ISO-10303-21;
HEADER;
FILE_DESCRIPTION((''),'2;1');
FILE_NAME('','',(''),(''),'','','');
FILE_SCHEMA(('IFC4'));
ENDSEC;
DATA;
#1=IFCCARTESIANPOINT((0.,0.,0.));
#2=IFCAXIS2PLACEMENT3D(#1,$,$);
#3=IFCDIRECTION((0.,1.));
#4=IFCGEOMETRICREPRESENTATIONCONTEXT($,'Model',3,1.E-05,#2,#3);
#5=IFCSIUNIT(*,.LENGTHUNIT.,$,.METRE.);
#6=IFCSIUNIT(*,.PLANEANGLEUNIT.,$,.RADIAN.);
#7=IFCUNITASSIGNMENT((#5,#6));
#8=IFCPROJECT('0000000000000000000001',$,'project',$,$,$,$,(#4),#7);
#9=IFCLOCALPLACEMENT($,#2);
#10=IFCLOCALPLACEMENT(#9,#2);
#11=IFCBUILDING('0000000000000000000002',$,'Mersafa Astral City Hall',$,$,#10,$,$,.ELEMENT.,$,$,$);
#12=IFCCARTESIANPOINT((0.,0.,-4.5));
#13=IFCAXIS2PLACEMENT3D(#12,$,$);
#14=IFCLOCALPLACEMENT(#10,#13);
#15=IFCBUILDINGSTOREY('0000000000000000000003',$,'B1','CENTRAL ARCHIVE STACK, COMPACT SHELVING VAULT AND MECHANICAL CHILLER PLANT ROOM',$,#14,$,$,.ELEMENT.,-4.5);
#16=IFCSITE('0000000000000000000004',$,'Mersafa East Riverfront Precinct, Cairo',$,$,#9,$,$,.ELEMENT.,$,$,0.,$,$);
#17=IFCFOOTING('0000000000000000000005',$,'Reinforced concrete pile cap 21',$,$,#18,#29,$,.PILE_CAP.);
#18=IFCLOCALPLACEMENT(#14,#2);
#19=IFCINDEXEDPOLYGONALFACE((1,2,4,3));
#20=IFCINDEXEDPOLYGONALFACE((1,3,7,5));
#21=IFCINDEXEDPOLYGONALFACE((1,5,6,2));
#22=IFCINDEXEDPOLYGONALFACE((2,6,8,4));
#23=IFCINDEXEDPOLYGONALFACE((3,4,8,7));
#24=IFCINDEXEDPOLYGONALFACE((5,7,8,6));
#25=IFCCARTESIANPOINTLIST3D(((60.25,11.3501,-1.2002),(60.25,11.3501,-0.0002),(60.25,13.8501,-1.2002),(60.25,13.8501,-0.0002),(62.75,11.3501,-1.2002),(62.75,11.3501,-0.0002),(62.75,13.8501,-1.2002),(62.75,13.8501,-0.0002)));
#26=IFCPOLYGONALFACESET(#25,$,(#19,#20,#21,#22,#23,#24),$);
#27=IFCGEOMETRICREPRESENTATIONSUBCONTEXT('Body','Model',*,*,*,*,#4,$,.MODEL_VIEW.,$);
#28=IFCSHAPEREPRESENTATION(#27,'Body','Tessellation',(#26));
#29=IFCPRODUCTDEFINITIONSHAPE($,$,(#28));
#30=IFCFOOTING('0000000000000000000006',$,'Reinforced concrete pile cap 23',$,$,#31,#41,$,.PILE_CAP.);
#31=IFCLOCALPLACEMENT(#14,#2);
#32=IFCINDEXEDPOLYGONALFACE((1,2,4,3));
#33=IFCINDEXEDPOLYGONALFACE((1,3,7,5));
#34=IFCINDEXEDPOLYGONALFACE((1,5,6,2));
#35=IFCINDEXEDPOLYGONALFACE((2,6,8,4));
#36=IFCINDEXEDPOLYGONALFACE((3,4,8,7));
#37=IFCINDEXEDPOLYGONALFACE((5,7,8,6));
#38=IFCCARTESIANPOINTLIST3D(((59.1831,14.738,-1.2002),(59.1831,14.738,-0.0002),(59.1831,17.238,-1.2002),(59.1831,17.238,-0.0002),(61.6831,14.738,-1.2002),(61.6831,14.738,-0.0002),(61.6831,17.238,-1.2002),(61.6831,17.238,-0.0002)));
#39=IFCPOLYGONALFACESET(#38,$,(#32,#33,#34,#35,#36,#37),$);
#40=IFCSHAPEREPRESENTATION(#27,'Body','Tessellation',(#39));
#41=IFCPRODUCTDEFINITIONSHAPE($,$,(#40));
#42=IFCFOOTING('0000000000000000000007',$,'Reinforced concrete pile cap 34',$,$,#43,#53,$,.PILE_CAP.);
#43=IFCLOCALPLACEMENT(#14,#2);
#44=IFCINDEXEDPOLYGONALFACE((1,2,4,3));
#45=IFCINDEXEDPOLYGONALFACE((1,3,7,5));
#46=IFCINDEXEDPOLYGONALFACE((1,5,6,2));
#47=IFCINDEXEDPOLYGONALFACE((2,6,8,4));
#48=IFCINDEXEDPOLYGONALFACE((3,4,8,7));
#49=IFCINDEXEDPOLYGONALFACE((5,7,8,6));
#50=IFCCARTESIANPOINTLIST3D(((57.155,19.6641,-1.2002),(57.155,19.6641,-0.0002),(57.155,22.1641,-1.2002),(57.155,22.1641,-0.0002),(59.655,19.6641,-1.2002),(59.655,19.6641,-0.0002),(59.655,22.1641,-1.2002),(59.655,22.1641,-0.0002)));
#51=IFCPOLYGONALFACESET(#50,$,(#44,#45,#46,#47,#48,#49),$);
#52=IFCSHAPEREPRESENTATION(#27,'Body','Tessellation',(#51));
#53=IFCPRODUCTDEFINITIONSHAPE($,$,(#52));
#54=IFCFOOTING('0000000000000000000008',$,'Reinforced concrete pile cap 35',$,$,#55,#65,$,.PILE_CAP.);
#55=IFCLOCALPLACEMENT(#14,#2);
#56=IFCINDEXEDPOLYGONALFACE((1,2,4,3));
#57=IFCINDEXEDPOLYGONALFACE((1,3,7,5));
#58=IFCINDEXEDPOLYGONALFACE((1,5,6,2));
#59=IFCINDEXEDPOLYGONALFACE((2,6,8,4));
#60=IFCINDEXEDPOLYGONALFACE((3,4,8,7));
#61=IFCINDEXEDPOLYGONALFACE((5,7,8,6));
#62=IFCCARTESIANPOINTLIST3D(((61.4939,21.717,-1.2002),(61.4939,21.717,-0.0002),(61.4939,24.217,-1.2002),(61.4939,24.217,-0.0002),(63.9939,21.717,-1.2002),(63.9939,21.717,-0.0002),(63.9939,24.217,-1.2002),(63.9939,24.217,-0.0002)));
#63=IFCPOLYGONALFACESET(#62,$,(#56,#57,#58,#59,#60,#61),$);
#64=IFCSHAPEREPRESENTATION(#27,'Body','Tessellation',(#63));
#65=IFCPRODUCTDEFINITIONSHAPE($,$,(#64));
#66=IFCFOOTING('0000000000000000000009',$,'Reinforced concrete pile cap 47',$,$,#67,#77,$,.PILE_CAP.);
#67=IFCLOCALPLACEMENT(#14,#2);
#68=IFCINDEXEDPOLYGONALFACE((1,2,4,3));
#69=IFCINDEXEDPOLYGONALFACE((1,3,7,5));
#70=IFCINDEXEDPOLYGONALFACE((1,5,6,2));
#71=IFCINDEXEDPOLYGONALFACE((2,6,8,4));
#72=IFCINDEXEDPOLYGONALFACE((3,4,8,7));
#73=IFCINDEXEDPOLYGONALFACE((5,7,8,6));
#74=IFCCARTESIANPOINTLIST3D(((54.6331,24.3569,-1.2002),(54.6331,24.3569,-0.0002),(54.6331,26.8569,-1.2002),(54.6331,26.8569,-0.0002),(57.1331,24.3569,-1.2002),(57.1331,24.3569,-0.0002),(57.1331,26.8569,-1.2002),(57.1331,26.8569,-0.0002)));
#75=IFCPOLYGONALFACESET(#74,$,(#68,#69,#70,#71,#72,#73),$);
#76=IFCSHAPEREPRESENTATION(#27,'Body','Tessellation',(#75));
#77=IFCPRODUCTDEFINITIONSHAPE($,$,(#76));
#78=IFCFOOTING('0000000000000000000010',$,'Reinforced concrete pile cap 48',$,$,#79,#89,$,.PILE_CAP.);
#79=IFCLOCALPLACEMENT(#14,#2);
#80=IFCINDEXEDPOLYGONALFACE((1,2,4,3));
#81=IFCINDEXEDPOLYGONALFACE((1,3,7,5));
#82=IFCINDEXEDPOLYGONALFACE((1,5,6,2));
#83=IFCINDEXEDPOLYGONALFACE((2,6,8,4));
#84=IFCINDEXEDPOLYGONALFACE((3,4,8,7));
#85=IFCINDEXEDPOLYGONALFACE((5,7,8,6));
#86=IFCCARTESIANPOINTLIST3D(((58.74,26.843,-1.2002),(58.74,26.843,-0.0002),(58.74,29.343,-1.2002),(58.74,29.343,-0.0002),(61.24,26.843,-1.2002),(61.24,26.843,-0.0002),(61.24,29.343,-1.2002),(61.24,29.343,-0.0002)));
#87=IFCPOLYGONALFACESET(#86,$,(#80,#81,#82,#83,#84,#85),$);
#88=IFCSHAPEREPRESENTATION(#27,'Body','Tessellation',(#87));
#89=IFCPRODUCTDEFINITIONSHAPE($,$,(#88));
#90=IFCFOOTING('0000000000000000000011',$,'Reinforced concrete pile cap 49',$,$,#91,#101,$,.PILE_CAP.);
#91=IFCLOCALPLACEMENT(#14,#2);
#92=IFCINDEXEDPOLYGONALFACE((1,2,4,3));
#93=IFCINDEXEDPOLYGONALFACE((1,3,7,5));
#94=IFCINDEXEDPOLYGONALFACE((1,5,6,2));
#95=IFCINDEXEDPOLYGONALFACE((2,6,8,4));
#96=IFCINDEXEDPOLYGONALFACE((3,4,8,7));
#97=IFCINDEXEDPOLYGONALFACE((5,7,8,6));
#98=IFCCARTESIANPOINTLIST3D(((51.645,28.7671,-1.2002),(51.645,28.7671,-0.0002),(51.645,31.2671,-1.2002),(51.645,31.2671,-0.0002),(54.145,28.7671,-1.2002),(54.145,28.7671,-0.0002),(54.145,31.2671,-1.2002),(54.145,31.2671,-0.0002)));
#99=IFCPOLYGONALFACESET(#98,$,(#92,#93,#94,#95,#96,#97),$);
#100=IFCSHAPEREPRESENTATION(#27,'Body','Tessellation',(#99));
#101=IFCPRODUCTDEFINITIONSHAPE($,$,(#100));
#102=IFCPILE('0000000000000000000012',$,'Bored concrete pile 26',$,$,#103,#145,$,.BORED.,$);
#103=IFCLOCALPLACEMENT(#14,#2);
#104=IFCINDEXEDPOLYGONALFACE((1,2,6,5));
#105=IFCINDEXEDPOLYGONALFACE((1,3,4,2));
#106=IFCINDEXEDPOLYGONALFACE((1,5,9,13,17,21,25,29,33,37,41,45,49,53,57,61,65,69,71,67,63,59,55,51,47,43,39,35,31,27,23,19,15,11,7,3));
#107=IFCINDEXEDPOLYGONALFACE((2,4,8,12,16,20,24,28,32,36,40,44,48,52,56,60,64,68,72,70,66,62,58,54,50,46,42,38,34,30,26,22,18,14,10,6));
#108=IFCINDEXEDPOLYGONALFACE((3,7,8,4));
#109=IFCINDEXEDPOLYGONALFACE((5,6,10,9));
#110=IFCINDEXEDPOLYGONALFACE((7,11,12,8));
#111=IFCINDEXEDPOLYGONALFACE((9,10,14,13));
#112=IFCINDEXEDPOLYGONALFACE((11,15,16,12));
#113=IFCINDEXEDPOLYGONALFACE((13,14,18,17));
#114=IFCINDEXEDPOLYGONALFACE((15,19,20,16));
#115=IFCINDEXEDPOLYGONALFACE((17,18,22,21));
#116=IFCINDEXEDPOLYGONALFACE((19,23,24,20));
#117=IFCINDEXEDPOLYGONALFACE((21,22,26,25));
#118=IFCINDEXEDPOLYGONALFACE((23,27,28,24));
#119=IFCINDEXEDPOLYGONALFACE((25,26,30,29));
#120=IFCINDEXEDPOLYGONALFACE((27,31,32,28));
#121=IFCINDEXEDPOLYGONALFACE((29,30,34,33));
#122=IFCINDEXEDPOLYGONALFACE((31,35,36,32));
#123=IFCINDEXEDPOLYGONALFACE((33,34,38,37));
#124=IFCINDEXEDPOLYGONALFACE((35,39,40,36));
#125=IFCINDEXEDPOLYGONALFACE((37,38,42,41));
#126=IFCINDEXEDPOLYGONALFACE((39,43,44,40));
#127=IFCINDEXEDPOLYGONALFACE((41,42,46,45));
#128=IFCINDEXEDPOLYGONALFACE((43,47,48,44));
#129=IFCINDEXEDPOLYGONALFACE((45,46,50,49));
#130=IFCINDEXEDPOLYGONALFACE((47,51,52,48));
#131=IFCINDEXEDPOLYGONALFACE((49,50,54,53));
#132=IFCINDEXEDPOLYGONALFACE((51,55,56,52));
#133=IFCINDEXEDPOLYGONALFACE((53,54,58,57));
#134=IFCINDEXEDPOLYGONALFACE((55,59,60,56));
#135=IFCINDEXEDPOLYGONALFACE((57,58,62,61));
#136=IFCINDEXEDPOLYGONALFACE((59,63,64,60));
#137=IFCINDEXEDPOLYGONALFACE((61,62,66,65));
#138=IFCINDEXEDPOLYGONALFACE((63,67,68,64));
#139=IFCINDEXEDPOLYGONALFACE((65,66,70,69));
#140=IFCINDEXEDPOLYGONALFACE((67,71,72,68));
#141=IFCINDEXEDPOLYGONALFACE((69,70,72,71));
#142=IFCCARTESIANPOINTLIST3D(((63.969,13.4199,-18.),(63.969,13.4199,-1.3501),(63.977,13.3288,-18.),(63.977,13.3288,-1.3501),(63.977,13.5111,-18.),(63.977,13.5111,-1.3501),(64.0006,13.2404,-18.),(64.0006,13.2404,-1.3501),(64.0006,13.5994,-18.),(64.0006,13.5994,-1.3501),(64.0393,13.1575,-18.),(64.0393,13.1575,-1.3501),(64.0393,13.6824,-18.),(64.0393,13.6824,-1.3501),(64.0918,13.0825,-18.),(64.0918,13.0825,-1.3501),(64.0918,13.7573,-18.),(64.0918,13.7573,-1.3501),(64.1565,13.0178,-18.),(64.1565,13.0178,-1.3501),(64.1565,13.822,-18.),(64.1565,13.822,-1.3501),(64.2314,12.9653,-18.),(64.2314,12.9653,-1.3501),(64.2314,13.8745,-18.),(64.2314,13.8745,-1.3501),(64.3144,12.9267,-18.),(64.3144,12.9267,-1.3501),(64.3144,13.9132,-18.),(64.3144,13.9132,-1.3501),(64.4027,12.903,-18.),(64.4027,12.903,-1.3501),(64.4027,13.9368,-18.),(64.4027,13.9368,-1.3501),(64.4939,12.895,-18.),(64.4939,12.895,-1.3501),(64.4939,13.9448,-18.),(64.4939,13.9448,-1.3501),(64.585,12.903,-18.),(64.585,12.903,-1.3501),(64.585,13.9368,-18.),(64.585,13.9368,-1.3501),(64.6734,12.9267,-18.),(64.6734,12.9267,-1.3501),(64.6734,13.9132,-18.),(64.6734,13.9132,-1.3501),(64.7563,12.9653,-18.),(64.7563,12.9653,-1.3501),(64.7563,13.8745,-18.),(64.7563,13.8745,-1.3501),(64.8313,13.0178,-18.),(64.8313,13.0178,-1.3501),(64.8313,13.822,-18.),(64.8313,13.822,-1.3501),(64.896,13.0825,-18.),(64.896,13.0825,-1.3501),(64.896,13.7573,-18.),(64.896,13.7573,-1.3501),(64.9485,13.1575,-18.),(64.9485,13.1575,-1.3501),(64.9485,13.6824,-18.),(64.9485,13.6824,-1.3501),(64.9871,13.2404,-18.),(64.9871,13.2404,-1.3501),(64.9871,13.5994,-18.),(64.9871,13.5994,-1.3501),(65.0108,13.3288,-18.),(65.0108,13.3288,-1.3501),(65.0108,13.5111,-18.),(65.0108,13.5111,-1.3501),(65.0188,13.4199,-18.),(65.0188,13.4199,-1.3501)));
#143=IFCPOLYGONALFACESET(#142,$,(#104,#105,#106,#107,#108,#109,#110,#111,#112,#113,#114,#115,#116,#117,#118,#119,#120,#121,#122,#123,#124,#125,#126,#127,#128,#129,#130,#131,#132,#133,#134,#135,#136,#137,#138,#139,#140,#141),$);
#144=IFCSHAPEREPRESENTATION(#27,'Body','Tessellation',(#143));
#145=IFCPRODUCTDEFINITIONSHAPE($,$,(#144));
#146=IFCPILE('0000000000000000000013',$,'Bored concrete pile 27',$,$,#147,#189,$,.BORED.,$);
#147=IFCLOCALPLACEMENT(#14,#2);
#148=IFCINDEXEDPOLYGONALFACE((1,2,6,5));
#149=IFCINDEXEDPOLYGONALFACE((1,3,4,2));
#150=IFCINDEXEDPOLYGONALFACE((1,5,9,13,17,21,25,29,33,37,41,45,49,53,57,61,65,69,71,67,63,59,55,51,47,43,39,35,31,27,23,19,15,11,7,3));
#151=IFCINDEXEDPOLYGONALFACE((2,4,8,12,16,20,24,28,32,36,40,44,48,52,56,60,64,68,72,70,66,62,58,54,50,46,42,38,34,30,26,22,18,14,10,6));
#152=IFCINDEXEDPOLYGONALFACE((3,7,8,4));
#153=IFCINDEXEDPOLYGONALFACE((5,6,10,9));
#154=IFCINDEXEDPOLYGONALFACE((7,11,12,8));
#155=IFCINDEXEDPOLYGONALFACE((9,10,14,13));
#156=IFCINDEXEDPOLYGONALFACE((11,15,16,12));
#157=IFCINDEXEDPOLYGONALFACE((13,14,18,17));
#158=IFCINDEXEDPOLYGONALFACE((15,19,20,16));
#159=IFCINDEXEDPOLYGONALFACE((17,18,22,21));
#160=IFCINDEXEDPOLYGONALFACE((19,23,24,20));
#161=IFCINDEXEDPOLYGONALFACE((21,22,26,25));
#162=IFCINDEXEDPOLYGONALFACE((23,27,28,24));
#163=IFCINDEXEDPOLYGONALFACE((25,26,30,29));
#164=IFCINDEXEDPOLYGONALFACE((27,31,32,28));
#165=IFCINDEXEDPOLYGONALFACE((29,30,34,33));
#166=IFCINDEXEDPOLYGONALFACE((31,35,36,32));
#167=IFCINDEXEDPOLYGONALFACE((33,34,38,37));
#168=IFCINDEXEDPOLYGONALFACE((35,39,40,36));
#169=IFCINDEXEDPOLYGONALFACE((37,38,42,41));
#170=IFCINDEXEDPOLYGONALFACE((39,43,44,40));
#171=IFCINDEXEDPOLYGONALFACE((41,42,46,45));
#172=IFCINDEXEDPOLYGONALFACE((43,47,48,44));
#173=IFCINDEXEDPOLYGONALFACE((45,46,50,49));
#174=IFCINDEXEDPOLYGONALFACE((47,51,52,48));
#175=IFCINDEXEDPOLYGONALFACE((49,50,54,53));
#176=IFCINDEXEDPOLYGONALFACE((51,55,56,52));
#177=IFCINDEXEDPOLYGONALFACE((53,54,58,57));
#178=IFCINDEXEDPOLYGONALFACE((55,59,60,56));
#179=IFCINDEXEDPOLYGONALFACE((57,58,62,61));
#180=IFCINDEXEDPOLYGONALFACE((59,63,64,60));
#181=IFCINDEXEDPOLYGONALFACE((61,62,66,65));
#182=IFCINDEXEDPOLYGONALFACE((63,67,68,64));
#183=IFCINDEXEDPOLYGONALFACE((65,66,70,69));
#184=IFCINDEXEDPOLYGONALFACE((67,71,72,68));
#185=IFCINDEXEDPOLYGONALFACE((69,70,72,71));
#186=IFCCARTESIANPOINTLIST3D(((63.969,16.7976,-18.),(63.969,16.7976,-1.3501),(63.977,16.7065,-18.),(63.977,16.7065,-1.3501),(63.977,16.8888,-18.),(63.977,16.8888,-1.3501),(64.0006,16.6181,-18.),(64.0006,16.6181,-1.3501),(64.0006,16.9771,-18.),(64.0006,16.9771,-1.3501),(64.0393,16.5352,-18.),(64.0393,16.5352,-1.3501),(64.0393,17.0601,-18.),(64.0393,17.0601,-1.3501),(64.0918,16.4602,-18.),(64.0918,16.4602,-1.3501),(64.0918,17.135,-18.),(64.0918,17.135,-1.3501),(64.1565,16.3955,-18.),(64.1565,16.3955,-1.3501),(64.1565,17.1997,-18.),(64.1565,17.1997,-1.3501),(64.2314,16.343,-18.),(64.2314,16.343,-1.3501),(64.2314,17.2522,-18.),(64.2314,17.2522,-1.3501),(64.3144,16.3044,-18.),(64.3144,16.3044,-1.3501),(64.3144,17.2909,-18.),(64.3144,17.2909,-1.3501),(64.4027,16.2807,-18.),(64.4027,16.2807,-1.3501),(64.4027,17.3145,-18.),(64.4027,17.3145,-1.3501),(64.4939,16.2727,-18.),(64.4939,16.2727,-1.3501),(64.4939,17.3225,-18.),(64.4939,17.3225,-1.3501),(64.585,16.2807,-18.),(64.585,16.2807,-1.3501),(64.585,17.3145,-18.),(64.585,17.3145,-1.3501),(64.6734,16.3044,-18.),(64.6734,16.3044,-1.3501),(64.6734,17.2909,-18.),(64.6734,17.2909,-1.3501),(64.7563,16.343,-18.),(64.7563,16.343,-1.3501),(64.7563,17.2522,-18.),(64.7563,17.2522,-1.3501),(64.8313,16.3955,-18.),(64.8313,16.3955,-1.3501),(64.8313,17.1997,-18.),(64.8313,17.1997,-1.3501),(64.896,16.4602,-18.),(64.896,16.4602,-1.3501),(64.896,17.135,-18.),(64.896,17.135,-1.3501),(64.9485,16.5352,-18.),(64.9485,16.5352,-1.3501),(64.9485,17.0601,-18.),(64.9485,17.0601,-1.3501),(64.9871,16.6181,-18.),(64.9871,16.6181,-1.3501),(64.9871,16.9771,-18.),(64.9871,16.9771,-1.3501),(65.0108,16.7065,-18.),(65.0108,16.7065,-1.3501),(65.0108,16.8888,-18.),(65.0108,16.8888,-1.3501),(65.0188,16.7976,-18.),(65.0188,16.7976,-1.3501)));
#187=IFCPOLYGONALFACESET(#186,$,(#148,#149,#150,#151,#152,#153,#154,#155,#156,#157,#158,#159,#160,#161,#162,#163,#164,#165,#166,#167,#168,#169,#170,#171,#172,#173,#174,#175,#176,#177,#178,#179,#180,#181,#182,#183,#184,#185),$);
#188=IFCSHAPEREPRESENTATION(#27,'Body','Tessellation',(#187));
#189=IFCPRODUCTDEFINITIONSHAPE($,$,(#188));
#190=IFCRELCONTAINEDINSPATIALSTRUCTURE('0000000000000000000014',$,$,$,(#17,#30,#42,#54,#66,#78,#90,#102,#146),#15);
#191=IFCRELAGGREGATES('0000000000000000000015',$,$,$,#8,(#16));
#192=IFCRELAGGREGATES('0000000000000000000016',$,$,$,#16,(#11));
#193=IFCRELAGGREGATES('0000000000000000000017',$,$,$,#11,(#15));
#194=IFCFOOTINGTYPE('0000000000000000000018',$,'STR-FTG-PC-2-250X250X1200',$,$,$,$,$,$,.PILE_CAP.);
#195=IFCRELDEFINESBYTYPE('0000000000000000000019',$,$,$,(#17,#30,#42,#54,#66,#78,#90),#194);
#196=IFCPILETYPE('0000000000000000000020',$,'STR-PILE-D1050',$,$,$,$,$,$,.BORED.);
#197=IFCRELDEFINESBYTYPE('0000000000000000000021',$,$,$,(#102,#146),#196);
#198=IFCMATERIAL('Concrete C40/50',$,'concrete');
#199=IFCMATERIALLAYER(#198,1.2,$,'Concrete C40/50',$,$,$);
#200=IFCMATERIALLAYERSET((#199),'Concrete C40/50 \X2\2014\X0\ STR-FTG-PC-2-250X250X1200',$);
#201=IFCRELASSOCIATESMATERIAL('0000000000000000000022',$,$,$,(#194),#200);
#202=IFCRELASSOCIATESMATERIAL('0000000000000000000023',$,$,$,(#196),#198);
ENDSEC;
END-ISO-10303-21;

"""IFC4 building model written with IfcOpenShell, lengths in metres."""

from ifc_helpers import new_model, si_unit, direction, frame, origin, origin_2d, place, context, subcontext, project, spatial, rectangle, circle, extrude, material, layer, layer_set, material_profile, profile_set, type_object, element, save


model = new_model("IFC4")

# Units and contexts
model_context = context("Model", 3, precision=1e-05, world=origin(), true_north=direction((0.0, 1.0)))
body_context = subcontext(model_context, "Body", "Model", "MODEL_VIEW")
ifc_project = project(units=[si_unit("LENGTHUNIT", "METRE"), si_unit("PLANEANGLEUNIT", "RADIAN")], contexts=[model_context])

# Site, building, storey
site_placement = place(None, origin())
site = spatial("IfcSite", under=ifc_project, at=site_placement, Name="Mersafa East Riverfront Precinct, Cairo", CompositionType="ELEMENT", RefElevation=0.0)
building_placement = place(site_placement, origin())
building = spatial("IfcBuilding", under=site, at=building_placement, Name="Mersafa Astral City Hall", CompositionType="ELEMENT")
storey_placement = place(building_placement, frame((0.0, 0.0, -4.5)))
storey = spatial("IfcBuildingStorey", under=building, at=storey_placement, Name="B1", Description="CENTRAL ARCHIVE STACK, COMPACT SHELVING VAULT AND MECHANICAL CHILLER PLANT ROOM", CompositionType="ELEMENT", Elevation=-4.5)

# Footings
ifc_material = material(Name="Concrete C40/50", Category="concrete")
ifc_layer = layer(ifc_material, 1.2, Name="Concrete C40/50")
ifc_layer_set = layer_set([ifc_layer], Name="Concrete C40/50 — STR-FTG-PC-2-250X250X1200")
footing_type = type_object("IfcFootingType", Name="STR-FTG-PC-2-250X250X1200", PredefinedType="PILE_CAP", material=ifc_layer_set)
for number, where, z_axis, x_axis, name in (
    (1, (61.5, 12.6001, -1.2002), (0.0, 0.0, 1.0), (1.0, 0.0, 0.0), "Reinforced concrete pile cap 21"),
    (2, (60.4331, 15.988, -1.2002), (0.0, 0.0, 1.0), (1.0, 0.0, 0.0), "Reinforced concrete pile cap 23"),
    (3, (58.405, 20.9141, -1.2002), (0.0, 0.0, 1.0), (1.0, 0.0, 0.0), "Reinforced concrete pile cap 34"),
    (4, (62.7439, 22.967, -1.2002), (0.0, 0.0, 1.0), (1.0, 0.0, 0.0), "Reinforced concrete pile cap 35"),
    (5, (55.8831, 25.6069, -1.2002), (0.0, 0.0, 1.0), (1.0, 0.0, 0.0), "Reinforced concrete pile cap 47"),
    (6, (59.99, 28.093, -1.2002), (0.0, 0.0, 1.0), (1.0, 0.0, 0.0), "Reinforced concrete pile cap 48"),
    (7, (52.895, 30.0171, -1.2002), (0.0, 0.0, 1.0), (1.0, 0.0, 0.0), "Reinforced concrete pile cap 49"),
):
    element("IfcFooting", number, at=place(storey_placement, frame(where, z_axis=z_axis, x_axis=x_axis)), inside=storey, type_object=footing_type, Name=name, PredefinedType="PILE_CAP", context=body_context, shape_type="SweptSolid", body=[
        extrude(rectangle(XDim=2.5, YDim=2.5, at=origin_2d()), origin(), (0.0, 0.0, 1.0), 1.2),
    ])

# Piles
ifc_material_profile_1 = material_profile(ifc_material, circle(Radius=0.5249, at=origin_2d()), Name="PILE D1050")
ifc_profile_set_1 = profile_set([ifc_material_profile_1], Name="Concrete C40/50")
pile_type_1 = type_object("IfcPileType", Name="STR-PILE-D1050", PredefinedType="BORED", material=ifc_profile_set_1)
for number, where, z_axis, x_axis, name in (
    (8, (64.4939, 13.4199, -1.3501), (0.0, 0.0, -1.0), (1.0, 0.0, 0.0), "Bored concrete pile 26"),
    (9, (64.4939, 16.7976, -1.3501), (0.0, 0.0, -1.0), (1.0, 0.0, 0.0), "Bored concrete pile 27"),
):
    element("IfcPile", number, at=place(storey_placement, frame(where, z_axis=z_axis, x_axis=x_axis)), inside=storey, type_object=pile_type_1, Name=name, PredefinedType="BORED", context=body_context, shape_type="SweptSolid", body=[
        extrude(circle(Radius=0.5249, at=origin_2d()), origin(), (0.0, 0.0, 1.0), 16.6499),
    ])

save(model, "model.ifc")
